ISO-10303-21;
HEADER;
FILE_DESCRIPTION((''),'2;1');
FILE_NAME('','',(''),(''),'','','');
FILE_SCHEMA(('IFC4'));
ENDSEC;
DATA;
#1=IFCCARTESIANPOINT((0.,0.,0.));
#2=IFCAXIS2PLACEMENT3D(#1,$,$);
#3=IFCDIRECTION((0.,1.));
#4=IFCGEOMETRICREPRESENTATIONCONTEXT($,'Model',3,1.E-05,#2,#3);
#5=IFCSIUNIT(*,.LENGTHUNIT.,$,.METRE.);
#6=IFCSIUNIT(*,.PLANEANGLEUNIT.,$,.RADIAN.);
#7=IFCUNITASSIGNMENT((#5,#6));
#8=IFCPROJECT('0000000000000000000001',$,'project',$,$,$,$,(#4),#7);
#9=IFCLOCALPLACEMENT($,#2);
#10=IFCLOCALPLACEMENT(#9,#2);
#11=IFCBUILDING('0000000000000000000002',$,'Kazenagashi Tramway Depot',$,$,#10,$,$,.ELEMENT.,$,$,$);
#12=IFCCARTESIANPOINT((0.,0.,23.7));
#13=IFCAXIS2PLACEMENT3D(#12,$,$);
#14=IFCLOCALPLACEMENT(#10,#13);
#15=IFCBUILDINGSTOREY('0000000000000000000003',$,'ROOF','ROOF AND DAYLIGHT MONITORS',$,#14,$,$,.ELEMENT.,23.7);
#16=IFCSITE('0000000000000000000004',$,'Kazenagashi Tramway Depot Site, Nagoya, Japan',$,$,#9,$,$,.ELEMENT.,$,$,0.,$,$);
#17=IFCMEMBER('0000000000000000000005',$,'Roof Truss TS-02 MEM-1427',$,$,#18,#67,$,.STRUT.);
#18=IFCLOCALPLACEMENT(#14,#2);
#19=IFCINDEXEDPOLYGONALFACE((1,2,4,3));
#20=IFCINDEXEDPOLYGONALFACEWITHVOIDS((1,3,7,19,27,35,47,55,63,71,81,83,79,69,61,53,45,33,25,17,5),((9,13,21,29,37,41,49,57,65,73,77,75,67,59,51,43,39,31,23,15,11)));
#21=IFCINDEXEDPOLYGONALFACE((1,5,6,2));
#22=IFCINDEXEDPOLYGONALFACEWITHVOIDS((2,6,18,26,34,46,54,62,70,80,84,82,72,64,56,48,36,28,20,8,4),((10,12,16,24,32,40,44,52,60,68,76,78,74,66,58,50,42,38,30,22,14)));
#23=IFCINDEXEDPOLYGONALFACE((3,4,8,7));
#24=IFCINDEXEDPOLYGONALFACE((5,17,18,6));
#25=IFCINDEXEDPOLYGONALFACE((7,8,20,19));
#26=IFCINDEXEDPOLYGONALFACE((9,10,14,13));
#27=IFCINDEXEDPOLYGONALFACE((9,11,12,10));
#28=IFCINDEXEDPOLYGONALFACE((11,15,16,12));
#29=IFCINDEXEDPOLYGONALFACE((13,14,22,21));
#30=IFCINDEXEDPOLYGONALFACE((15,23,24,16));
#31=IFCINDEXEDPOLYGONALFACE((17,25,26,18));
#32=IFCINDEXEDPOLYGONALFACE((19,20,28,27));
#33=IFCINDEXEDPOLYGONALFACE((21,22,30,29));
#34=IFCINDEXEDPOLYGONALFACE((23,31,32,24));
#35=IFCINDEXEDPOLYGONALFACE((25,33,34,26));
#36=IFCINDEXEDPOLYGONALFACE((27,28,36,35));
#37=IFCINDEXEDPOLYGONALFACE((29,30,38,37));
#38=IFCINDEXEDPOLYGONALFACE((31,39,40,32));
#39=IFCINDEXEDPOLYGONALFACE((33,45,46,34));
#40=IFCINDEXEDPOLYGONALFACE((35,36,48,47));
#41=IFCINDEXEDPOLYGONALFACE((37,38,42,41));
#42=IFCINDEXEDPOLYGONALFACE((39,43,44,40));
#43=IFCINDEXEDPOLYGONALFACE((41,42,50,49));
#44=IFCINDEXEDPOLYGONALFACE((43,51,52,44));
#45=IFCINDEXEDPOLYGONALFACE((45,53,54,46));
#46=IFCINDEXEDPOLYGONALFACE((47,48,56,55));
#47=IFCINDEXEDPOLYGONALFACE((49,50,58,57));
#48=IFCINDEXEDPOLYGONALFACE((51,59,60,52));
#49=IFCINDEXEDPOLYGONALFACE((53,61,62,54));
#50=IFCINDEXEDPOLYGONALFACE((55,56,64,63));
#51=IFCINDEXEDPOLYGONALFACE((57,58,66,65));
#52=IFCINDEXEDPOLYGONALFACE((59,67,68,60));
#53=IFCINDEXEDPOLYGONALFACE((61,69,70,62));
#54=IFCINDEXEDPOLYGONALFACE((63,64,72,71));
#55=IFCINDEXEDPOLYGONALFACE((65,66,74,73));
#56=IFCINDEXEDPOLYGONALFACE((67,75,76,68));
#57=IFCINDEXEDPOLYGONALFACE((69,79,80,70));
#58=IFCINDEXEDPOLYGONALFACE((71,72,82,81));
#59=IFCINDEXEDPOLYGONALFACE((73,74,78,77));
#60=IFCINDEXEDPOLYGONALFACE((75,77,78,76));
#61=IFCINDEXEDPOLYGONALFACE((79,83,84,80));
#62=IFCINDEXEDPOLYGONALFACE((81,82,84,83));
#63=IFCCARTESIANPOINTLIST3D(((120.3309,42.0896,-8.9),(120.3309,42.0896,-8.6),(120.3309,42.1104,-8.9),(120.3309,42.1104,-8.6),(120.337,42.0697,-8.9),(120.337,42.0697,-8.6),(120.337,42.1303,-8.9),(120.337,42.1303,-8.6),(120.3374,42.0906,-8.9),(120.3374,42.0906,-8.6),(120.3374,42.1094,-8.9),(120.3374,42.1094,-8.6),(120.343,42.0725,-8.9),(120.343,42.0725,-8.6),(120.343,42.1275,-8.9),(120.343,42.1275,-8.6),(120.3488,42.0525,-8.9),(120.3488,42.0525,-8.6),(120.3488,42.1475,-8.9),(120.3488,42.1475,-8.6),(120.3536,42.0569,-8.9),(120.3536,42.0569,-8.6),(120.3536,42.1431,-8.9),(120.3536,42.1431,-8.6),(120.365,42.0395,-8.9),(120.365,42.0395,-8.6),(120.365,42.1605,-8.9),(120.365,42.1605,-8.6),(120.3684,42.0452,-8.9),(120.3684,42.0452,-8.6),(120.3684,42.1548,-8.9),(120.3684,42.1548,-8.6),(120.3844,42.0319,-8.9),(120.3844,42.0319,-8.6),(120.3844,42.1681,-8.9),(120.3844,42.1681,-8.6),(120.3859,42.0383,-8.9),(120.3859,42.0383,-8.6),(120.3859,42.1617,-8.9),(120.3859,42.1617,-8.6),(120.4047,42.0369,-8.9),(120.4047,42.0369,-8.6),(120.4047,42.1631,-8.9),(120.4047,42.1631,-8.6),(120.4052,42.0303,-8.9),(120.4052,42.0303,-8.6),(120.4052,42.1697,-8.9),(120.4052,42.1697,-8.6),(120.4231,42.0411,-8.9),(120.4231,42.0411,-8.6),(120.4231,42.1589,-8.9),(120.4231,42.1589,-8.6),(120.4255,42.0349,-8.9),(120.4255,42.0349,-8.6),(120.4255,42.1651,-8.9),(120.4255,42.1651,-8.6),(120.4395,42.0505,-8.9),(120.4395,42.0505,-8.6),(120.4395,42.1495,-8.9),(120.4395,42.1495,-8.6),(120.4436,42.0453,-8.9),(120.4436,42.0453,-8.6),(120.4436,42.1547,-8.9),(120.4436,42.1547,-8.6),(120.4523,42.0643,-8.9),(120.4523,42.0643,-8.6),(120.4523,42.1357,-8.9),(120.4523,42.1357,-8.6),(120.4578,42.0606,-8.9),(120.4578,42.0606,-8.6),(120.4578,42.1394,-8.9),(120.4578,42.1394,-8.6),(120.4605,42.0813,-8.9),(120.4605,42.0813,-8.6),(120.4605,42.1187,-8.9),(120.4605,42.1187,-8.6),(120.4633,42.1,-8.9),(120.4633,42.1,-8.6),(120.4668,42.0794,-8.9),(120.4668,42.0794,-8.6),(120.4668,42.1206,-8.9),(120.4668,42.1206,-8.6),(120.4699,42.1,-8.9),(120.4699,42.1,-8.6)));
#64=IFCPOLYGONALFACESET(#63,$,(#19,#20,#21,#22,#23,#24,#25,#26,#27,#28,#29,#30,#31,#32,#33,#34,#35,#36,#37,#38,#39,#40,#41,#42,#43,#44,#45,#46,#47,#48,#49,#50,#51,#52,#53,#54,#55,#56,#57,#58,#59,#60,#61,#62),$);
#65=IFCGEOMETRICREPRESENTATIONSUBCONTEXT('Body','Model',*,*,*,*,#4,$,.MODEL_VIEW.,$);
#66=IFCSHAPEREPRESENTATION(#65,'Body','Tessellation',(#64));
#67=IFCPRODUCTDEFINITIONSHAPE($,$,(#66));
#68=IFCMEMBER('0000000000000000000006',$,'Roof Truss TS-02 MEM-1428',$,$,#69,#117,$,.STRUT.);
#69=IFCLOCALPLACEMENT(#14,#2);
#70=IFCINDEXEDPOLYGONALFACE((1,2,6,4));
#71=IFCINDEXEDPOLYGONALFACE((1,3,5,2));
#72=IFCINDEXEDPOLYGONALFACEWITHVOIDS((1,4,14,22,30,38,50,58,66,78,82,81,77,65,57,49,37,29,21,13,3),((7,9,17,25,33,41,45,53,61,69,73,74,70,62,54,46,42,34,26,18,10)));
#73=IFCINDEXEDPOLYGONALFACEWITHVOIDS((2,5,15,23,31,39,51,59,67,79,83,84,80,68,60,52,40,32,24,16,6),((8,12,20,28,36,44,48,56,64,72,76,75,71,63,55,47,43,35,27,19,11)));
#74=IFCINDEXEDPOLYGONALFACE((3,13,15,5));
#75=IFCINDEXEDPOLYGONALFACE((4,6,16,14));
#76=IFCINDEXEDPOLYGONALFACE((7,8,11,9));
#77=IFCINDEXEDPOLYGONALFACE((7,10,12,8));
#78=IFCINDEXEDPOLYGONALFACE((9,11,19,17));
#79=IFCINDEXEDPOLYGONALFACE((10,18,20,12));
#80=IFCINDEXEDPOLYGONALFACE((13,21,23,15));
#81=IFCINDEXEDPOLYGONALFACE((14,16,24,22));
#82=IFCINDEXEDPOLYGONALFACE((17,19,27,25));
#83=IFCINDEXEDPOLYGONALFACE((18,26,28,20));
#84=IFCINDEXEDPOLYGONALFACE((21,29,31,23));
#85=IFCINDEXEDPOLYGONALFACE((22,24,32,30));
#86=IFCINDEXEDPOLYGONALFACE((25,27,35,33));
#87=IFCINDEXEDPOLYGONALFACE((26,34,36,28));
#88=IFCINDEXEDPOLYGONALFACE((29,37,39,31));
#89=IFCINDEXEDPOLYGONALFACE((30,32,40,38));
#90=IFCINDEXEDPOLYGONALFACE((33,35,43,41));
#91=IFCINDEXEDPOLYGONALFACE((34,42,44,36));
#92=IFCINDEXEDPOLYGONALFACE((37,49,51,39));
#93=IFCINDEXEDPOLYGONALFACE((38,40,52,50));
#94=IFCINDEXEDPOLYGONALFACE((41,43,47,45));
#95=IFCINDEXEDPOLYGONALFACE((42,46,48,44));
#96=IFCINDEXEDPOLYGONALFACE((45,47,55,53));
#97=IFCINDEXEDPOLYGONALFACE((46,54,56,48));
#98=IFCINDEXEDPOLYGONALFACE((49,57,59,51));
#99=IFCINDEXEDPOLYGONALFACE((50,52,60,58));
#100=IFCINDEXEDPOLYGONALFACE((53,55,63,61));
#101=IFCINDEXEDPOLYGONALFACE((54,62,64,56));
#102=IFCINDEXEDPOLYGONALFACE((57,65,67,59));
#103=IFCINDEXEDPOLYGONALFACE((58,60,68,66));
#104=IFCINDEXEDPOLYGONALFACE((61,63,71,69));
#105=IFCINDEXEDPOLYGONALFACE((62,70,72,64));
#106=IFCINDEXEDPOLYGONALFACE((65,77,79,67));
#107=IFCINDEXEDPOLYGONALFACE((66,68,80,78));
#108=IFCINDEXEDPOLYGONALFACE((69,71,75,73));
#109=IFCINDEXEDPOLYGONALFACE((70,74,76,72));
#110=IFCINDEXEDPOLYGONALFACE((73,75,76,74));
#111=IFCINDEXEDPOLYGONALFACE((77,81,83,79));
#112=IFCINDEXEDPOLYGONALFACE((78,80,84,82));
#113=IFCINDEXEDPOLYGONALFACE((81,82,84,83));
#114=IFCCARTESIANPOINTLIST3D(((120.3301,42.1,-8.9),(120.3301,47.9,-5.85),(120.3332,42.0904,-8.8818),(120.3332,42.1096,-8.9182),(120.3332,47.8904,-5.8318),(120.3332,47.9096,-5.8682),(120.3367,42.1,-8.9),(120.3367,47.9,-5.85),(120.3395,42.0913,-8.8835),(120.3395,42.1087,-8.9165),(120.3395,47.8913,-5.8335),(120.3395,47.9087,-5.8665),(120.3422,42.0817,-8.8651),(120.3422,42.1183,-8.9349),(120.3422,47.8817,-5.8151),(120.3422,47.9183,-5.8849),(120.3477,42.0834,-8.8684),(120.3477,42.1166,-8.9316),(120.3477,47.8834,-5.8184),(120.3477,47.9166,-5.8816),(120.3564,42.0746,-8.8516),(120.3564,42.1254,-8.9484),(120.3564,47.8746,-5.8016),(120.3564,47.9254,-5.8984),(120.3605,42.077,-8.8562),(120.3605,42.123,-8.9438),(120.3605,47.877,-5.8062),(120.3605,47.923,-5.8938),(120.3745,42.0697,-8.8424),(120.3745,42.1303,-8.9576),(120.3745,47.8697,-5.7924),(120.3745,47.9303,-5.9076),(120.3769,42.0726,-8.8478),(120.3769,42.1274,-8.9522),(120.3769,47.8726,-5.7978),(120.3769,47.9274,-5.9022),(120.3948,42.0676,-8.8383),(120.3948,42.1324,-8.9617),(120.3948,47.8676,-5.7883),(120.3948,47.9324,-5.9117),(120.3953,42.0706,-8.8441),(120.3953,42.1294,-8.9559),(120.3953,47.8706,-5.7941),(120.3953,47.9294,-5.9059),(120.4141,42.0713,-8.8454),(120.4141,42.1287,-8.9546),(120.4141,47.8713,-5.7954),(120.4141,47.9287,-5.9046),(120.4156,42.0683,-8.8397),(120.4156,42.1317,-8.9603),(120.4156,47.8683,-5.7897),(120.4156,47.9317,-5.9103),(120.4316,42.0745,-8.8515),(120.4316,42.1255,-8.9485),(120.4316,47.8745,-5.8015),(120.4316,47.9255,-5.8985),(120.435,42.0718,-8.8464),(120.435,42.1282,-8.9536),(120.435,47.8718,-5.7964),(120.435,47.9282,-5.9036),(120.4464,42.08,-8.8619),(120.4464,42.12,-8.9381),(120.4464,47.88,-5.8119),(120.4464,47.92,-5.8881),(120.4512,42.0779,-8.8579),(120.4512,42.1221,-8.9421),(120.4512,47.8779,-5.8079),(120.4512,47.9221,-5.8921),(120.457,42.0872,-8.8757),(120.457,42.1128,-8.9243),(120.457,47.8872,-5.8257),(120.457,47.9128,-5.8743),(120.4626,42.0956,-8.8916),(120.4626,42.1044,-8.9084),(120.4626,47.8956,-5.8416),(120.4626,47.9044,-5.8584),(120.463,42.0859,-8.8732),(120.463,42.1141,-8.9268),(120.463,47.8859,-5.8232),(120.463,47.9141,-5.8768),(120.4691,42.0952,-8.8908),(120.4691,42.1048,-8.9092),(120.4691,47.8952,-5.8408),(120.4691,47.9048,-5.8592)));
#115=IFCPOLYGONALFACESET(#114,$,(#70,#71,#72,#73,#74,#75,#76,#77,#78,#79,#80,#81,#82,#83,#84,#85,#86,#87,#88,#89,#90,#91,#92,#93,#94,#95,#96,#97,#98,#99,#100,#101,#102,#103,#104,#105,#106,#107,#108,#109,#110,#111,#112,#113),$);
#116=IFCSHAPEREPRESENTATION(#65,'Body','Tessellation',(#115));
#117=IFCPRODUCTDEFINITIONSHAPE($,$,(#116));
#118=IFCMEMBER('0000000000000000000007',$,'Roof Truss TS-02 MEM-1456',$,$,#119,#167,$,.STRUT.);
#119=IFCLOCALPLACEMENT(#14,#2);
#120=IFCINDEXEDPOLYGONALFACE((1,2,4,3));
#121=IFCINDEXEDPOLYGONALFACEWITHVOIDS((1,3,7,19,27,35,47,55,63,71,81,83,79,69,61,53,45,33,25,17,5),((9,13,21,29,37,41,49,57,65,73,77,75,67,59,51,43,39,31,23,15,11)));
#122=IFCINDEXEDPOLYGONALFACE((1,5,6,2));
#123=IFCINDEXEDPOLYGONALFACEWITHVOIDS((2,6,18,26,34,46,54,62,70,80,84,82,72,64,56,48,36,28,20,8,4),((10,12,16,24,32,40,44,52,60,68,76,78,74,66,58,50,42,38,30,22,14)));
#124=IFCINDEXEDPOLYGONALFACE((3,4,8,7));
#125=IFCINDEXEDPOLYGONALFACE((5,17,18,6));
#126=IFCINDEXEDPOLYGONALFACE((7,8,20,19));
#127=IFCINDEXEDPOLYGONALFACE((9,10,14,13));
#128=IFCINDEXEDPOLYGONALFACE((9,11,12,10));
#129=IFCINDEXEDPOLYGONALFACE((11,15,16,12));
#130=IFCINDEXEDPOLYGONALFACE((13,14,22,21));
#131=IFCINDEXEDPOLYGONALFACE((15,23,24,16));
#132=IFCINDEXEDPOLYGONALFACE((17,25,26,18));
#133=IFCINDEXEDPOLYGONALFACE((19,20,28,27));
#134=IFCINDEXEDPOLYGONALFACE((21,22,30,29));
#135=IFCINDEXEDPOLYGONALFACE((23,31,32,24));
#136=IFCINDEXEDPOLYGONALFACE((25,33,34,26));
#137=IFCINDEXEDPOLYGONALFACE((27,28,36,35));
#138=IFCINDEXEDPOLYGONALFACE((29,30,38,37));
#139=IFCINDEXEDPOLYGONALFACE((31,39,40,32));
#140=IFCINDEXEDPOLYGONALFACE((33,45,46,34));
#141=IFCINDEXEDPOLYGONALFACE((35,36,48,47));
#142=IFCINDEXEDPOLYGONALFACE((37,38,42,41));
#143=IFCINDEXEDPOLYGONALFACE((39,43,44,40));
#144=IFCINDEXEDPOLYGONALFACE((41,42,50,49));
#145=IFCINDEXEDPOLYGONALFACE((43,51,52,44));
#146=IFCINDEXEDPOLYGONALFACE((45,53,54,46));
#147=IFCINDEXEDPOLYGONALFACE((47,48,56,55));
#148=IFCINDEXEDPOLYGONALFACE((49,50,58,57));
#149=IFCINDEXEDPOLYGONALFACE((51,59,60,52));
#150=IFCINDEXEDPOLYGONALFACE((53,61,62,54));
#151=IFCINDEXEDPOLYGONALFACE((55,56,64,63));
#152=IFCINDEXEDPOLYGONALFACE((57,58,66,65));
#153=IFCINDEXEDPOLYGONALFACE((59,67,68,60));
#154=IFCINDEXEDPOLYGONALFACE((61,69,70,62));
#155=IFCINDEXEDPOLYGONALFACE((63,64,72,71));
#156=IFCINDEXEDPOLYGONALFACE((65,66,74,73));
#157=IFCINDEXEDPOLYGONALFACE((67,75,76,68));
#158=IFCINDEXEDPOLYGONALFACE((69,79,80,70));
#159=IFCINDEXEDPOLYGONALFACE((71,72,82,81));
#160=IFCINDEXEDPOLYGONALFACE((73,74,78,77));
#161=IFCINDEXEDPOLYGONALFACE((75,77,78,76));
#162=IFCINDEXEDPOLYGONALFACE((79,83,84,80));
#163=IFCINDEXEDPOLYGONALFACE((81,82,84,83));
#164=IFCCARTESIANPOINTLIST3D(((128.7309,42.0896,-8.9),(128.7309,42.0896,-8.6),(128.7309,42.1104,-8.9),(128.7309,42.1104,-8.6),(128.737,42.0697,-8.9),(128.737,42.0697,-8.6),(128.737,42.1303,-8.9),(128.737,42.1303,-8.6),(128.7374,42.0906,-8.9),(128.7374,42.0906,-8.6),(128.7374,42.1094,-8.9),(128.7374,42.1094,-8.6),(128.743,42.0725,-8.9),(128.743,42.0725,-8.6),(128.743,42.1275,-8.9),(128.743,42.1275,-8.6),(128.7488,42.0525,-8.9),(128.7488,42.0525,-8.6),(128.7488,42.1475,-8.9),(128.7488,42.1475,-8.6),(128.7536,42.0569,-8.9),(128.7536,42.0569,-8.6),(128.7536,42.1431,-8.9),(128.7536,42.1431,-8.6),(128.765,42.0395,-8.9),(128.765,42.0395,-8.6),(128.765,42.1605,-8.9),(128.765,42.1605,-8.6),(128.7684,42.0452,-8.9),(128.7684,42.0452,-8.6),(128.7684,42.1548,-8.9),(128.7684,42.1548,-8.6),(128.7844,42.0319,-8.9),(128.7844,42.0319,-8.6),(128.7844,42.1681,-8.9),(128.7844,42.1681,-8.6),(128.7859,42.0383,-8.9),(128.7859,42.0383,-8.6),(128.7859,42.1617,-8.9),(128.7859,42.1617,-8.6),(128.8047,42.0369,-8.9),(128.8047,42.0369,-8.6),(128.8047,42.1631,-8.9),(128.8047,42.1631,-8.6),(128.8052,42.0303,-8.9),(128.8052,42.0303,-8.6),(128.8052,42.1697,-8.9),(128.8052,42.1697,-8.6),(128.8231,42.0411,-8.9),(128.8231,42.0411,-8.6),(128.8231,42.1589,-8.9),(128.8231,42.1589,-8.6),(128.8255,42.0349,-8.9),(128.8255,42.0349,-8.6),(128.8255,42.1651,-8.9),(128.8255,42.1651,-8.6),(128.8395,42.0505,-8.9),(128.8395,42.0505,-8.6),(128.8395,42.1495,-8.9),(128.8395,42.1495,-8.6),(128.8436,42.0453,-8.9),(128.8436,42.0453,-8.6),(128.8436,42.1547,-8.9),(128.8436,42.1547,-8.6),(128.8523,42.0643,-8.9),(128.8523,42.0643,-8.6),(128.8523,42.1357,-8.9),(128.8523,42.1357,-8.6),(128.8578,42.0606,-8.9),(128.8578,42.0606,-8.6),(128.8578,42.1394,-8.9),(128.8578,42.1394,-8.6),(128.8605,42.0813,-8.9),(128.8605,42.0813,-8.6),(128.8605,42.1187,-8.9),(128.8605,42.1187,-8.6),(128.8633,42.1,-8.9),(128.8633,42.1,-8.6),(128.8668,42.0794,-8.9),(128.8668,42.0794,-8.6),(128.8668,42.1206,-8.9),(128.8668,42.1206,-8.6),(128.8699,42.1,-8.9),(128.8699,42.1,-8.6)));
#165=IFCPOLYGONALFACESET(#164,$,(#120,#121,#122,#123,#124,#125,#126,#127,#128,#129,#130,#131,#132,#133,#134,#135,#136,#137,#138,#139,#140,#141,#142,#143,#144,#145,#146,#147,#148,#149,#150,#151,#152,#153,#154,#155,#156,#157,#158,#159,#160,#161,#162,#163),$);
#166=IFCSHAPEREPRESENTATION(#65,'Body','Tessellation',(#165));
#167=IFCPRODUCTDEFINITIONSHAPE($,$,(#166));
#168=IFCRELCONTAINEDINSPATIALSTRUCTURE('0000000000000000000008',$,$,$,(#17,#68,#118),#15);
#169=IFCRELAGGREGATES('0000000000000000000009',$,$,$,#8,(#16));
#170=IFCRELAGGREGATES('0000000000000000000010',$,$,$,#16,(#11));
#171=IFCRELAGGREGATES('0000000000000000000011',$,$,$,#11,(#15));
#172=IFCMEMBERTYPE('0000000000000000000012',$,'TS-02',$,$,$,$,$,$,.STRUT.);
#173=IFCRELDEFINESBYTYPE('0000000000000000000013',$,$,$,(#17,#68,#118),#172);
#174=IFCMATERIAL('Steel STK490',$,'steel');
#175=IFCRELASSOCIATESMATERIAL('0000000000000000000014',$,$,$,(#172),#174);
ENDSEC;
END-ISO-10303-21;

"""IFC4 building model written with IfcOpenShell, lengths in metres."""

from ifc_helpers import new_model, si_unit, direction, frame, origin, origin_2d, place, context, subcontext, project, spatial, hollow_circle, extrude, material, material_profile, profile_set, type_object, element, save


model = new_model("IFC4")

# Units and contexts
model_context = context("Model", 3, precision=1e-05, world=origin(), true_north=direction((0.0, 1.0)))
body_context = subcontext(model_context, "Body", "Model", "MODEL_VIEW")
ifc_project = project(units=[si_unit("LENGTHUNIT", "METRE"), si_unit("PLANEANGLEUNIT", "RADIAN")], contexts=[model_context])

# Site, building, storey
site_placement = place(None, origin())
site = spatial("IfcSite", under=ifc_project, at=site_placement, Name="Kazenagashi Tramway Depot Site, Nagoya, Japan", CompositionType="ELEMENT", RefElevation=0.0)
building_placement = place(site_placement, origin())
building = spatial("IfcBuilding", under=site, at=building_placement, Name="Kazenagashi Tramway Depot", CompositionType="ELEMENT")
storey_placement = place(building_placement, frame((0.0, 0.0, 23.7)))
storey = spatial("IfcBuildingStorey", under=building, at=storey_placement, Name="ROOF", Description="ROOF AND DAYLIGHT MONITORS", CompositionType="ELEMENT", Elevation=23.7)

# Members
ifc_material_1 = material(Name="Steel STK490", Category="steel")
ifc_material_profile_1 = material_profile(ifc_material_1, hollow_circle(Radius=0.0699, WallThickness=0.0066, at=origin_2d()), Name="CHS-139.8x6.6")
ifc_profile_set_1 = profile_set([ifc_material_profile_1], Name="Steel STK490")
member_type_1 = type_object("IfcMemberType", Name="TS-02", PredefinedType="STRUT", material=ifc_profile_set_1)
member_1_placement = place(storey_placement, frame((120.4, 42.1, -8.9), z_axis=(0.0, 0.0, 1.0), x_axis=(1.0, 0.0, 0.0)))
element("IfcMember", 1, at=member_1_placement, inside=storey, type_object=member_type_1, Name="Roof Truss TS-02 MEM-1427", PredefinedType="STRUT", context=body_context, shape_type="SweptSolid", body=[
    extrude(hollow_circle(Radius=0.0699, WallThickness=0.0066, at=origin_2d()), origin(), (0.0, 0.0, 1.0), 0.3),
])
member_2_placement = place(storey_placement, frame((120.4, 42.1, -8.9), z_axis=(0.0, 0.885084, 0.465432), x_axis=(-1.0, 0.0, 0.0)))
element("IfcMember", 2, at=member_2_placement, inside=storey, type_object=member_type_1, Name="Roof Truss TS-02 MEM-1428", PredefinedType="STRUT", context=body_context, shape_type="SweptSolid", body=[
    extrude(hollow_circle(Radius=0.0699, WallThickness=0.0066, at=origin_2d()), origin(), (0.0, 0.0, 1.0), 6.5531),
])
member_3_placement = place(storey_placement, frame((128.8, 42.1, -8.9), z_axis=(0.0, 0.0, 1.0), x_axis=(1.0, 0.0, 0.0)))
element("IfcMember", 3, at=member_3_placement, inside=storey, type_object=member_type_1, Name="Roof Truss TS-02 MEM-1456", PredefinedType="STRUT", context=body_context, shape_type="SweptSolid", body=[
    extrude(hollow_circle(Radius=0.0699, WallThickness=0.0066, at=origin_2d()), origin(), (0.0, 0.0, 1.0), 0.3),
])

save(model, "model.ifc")
